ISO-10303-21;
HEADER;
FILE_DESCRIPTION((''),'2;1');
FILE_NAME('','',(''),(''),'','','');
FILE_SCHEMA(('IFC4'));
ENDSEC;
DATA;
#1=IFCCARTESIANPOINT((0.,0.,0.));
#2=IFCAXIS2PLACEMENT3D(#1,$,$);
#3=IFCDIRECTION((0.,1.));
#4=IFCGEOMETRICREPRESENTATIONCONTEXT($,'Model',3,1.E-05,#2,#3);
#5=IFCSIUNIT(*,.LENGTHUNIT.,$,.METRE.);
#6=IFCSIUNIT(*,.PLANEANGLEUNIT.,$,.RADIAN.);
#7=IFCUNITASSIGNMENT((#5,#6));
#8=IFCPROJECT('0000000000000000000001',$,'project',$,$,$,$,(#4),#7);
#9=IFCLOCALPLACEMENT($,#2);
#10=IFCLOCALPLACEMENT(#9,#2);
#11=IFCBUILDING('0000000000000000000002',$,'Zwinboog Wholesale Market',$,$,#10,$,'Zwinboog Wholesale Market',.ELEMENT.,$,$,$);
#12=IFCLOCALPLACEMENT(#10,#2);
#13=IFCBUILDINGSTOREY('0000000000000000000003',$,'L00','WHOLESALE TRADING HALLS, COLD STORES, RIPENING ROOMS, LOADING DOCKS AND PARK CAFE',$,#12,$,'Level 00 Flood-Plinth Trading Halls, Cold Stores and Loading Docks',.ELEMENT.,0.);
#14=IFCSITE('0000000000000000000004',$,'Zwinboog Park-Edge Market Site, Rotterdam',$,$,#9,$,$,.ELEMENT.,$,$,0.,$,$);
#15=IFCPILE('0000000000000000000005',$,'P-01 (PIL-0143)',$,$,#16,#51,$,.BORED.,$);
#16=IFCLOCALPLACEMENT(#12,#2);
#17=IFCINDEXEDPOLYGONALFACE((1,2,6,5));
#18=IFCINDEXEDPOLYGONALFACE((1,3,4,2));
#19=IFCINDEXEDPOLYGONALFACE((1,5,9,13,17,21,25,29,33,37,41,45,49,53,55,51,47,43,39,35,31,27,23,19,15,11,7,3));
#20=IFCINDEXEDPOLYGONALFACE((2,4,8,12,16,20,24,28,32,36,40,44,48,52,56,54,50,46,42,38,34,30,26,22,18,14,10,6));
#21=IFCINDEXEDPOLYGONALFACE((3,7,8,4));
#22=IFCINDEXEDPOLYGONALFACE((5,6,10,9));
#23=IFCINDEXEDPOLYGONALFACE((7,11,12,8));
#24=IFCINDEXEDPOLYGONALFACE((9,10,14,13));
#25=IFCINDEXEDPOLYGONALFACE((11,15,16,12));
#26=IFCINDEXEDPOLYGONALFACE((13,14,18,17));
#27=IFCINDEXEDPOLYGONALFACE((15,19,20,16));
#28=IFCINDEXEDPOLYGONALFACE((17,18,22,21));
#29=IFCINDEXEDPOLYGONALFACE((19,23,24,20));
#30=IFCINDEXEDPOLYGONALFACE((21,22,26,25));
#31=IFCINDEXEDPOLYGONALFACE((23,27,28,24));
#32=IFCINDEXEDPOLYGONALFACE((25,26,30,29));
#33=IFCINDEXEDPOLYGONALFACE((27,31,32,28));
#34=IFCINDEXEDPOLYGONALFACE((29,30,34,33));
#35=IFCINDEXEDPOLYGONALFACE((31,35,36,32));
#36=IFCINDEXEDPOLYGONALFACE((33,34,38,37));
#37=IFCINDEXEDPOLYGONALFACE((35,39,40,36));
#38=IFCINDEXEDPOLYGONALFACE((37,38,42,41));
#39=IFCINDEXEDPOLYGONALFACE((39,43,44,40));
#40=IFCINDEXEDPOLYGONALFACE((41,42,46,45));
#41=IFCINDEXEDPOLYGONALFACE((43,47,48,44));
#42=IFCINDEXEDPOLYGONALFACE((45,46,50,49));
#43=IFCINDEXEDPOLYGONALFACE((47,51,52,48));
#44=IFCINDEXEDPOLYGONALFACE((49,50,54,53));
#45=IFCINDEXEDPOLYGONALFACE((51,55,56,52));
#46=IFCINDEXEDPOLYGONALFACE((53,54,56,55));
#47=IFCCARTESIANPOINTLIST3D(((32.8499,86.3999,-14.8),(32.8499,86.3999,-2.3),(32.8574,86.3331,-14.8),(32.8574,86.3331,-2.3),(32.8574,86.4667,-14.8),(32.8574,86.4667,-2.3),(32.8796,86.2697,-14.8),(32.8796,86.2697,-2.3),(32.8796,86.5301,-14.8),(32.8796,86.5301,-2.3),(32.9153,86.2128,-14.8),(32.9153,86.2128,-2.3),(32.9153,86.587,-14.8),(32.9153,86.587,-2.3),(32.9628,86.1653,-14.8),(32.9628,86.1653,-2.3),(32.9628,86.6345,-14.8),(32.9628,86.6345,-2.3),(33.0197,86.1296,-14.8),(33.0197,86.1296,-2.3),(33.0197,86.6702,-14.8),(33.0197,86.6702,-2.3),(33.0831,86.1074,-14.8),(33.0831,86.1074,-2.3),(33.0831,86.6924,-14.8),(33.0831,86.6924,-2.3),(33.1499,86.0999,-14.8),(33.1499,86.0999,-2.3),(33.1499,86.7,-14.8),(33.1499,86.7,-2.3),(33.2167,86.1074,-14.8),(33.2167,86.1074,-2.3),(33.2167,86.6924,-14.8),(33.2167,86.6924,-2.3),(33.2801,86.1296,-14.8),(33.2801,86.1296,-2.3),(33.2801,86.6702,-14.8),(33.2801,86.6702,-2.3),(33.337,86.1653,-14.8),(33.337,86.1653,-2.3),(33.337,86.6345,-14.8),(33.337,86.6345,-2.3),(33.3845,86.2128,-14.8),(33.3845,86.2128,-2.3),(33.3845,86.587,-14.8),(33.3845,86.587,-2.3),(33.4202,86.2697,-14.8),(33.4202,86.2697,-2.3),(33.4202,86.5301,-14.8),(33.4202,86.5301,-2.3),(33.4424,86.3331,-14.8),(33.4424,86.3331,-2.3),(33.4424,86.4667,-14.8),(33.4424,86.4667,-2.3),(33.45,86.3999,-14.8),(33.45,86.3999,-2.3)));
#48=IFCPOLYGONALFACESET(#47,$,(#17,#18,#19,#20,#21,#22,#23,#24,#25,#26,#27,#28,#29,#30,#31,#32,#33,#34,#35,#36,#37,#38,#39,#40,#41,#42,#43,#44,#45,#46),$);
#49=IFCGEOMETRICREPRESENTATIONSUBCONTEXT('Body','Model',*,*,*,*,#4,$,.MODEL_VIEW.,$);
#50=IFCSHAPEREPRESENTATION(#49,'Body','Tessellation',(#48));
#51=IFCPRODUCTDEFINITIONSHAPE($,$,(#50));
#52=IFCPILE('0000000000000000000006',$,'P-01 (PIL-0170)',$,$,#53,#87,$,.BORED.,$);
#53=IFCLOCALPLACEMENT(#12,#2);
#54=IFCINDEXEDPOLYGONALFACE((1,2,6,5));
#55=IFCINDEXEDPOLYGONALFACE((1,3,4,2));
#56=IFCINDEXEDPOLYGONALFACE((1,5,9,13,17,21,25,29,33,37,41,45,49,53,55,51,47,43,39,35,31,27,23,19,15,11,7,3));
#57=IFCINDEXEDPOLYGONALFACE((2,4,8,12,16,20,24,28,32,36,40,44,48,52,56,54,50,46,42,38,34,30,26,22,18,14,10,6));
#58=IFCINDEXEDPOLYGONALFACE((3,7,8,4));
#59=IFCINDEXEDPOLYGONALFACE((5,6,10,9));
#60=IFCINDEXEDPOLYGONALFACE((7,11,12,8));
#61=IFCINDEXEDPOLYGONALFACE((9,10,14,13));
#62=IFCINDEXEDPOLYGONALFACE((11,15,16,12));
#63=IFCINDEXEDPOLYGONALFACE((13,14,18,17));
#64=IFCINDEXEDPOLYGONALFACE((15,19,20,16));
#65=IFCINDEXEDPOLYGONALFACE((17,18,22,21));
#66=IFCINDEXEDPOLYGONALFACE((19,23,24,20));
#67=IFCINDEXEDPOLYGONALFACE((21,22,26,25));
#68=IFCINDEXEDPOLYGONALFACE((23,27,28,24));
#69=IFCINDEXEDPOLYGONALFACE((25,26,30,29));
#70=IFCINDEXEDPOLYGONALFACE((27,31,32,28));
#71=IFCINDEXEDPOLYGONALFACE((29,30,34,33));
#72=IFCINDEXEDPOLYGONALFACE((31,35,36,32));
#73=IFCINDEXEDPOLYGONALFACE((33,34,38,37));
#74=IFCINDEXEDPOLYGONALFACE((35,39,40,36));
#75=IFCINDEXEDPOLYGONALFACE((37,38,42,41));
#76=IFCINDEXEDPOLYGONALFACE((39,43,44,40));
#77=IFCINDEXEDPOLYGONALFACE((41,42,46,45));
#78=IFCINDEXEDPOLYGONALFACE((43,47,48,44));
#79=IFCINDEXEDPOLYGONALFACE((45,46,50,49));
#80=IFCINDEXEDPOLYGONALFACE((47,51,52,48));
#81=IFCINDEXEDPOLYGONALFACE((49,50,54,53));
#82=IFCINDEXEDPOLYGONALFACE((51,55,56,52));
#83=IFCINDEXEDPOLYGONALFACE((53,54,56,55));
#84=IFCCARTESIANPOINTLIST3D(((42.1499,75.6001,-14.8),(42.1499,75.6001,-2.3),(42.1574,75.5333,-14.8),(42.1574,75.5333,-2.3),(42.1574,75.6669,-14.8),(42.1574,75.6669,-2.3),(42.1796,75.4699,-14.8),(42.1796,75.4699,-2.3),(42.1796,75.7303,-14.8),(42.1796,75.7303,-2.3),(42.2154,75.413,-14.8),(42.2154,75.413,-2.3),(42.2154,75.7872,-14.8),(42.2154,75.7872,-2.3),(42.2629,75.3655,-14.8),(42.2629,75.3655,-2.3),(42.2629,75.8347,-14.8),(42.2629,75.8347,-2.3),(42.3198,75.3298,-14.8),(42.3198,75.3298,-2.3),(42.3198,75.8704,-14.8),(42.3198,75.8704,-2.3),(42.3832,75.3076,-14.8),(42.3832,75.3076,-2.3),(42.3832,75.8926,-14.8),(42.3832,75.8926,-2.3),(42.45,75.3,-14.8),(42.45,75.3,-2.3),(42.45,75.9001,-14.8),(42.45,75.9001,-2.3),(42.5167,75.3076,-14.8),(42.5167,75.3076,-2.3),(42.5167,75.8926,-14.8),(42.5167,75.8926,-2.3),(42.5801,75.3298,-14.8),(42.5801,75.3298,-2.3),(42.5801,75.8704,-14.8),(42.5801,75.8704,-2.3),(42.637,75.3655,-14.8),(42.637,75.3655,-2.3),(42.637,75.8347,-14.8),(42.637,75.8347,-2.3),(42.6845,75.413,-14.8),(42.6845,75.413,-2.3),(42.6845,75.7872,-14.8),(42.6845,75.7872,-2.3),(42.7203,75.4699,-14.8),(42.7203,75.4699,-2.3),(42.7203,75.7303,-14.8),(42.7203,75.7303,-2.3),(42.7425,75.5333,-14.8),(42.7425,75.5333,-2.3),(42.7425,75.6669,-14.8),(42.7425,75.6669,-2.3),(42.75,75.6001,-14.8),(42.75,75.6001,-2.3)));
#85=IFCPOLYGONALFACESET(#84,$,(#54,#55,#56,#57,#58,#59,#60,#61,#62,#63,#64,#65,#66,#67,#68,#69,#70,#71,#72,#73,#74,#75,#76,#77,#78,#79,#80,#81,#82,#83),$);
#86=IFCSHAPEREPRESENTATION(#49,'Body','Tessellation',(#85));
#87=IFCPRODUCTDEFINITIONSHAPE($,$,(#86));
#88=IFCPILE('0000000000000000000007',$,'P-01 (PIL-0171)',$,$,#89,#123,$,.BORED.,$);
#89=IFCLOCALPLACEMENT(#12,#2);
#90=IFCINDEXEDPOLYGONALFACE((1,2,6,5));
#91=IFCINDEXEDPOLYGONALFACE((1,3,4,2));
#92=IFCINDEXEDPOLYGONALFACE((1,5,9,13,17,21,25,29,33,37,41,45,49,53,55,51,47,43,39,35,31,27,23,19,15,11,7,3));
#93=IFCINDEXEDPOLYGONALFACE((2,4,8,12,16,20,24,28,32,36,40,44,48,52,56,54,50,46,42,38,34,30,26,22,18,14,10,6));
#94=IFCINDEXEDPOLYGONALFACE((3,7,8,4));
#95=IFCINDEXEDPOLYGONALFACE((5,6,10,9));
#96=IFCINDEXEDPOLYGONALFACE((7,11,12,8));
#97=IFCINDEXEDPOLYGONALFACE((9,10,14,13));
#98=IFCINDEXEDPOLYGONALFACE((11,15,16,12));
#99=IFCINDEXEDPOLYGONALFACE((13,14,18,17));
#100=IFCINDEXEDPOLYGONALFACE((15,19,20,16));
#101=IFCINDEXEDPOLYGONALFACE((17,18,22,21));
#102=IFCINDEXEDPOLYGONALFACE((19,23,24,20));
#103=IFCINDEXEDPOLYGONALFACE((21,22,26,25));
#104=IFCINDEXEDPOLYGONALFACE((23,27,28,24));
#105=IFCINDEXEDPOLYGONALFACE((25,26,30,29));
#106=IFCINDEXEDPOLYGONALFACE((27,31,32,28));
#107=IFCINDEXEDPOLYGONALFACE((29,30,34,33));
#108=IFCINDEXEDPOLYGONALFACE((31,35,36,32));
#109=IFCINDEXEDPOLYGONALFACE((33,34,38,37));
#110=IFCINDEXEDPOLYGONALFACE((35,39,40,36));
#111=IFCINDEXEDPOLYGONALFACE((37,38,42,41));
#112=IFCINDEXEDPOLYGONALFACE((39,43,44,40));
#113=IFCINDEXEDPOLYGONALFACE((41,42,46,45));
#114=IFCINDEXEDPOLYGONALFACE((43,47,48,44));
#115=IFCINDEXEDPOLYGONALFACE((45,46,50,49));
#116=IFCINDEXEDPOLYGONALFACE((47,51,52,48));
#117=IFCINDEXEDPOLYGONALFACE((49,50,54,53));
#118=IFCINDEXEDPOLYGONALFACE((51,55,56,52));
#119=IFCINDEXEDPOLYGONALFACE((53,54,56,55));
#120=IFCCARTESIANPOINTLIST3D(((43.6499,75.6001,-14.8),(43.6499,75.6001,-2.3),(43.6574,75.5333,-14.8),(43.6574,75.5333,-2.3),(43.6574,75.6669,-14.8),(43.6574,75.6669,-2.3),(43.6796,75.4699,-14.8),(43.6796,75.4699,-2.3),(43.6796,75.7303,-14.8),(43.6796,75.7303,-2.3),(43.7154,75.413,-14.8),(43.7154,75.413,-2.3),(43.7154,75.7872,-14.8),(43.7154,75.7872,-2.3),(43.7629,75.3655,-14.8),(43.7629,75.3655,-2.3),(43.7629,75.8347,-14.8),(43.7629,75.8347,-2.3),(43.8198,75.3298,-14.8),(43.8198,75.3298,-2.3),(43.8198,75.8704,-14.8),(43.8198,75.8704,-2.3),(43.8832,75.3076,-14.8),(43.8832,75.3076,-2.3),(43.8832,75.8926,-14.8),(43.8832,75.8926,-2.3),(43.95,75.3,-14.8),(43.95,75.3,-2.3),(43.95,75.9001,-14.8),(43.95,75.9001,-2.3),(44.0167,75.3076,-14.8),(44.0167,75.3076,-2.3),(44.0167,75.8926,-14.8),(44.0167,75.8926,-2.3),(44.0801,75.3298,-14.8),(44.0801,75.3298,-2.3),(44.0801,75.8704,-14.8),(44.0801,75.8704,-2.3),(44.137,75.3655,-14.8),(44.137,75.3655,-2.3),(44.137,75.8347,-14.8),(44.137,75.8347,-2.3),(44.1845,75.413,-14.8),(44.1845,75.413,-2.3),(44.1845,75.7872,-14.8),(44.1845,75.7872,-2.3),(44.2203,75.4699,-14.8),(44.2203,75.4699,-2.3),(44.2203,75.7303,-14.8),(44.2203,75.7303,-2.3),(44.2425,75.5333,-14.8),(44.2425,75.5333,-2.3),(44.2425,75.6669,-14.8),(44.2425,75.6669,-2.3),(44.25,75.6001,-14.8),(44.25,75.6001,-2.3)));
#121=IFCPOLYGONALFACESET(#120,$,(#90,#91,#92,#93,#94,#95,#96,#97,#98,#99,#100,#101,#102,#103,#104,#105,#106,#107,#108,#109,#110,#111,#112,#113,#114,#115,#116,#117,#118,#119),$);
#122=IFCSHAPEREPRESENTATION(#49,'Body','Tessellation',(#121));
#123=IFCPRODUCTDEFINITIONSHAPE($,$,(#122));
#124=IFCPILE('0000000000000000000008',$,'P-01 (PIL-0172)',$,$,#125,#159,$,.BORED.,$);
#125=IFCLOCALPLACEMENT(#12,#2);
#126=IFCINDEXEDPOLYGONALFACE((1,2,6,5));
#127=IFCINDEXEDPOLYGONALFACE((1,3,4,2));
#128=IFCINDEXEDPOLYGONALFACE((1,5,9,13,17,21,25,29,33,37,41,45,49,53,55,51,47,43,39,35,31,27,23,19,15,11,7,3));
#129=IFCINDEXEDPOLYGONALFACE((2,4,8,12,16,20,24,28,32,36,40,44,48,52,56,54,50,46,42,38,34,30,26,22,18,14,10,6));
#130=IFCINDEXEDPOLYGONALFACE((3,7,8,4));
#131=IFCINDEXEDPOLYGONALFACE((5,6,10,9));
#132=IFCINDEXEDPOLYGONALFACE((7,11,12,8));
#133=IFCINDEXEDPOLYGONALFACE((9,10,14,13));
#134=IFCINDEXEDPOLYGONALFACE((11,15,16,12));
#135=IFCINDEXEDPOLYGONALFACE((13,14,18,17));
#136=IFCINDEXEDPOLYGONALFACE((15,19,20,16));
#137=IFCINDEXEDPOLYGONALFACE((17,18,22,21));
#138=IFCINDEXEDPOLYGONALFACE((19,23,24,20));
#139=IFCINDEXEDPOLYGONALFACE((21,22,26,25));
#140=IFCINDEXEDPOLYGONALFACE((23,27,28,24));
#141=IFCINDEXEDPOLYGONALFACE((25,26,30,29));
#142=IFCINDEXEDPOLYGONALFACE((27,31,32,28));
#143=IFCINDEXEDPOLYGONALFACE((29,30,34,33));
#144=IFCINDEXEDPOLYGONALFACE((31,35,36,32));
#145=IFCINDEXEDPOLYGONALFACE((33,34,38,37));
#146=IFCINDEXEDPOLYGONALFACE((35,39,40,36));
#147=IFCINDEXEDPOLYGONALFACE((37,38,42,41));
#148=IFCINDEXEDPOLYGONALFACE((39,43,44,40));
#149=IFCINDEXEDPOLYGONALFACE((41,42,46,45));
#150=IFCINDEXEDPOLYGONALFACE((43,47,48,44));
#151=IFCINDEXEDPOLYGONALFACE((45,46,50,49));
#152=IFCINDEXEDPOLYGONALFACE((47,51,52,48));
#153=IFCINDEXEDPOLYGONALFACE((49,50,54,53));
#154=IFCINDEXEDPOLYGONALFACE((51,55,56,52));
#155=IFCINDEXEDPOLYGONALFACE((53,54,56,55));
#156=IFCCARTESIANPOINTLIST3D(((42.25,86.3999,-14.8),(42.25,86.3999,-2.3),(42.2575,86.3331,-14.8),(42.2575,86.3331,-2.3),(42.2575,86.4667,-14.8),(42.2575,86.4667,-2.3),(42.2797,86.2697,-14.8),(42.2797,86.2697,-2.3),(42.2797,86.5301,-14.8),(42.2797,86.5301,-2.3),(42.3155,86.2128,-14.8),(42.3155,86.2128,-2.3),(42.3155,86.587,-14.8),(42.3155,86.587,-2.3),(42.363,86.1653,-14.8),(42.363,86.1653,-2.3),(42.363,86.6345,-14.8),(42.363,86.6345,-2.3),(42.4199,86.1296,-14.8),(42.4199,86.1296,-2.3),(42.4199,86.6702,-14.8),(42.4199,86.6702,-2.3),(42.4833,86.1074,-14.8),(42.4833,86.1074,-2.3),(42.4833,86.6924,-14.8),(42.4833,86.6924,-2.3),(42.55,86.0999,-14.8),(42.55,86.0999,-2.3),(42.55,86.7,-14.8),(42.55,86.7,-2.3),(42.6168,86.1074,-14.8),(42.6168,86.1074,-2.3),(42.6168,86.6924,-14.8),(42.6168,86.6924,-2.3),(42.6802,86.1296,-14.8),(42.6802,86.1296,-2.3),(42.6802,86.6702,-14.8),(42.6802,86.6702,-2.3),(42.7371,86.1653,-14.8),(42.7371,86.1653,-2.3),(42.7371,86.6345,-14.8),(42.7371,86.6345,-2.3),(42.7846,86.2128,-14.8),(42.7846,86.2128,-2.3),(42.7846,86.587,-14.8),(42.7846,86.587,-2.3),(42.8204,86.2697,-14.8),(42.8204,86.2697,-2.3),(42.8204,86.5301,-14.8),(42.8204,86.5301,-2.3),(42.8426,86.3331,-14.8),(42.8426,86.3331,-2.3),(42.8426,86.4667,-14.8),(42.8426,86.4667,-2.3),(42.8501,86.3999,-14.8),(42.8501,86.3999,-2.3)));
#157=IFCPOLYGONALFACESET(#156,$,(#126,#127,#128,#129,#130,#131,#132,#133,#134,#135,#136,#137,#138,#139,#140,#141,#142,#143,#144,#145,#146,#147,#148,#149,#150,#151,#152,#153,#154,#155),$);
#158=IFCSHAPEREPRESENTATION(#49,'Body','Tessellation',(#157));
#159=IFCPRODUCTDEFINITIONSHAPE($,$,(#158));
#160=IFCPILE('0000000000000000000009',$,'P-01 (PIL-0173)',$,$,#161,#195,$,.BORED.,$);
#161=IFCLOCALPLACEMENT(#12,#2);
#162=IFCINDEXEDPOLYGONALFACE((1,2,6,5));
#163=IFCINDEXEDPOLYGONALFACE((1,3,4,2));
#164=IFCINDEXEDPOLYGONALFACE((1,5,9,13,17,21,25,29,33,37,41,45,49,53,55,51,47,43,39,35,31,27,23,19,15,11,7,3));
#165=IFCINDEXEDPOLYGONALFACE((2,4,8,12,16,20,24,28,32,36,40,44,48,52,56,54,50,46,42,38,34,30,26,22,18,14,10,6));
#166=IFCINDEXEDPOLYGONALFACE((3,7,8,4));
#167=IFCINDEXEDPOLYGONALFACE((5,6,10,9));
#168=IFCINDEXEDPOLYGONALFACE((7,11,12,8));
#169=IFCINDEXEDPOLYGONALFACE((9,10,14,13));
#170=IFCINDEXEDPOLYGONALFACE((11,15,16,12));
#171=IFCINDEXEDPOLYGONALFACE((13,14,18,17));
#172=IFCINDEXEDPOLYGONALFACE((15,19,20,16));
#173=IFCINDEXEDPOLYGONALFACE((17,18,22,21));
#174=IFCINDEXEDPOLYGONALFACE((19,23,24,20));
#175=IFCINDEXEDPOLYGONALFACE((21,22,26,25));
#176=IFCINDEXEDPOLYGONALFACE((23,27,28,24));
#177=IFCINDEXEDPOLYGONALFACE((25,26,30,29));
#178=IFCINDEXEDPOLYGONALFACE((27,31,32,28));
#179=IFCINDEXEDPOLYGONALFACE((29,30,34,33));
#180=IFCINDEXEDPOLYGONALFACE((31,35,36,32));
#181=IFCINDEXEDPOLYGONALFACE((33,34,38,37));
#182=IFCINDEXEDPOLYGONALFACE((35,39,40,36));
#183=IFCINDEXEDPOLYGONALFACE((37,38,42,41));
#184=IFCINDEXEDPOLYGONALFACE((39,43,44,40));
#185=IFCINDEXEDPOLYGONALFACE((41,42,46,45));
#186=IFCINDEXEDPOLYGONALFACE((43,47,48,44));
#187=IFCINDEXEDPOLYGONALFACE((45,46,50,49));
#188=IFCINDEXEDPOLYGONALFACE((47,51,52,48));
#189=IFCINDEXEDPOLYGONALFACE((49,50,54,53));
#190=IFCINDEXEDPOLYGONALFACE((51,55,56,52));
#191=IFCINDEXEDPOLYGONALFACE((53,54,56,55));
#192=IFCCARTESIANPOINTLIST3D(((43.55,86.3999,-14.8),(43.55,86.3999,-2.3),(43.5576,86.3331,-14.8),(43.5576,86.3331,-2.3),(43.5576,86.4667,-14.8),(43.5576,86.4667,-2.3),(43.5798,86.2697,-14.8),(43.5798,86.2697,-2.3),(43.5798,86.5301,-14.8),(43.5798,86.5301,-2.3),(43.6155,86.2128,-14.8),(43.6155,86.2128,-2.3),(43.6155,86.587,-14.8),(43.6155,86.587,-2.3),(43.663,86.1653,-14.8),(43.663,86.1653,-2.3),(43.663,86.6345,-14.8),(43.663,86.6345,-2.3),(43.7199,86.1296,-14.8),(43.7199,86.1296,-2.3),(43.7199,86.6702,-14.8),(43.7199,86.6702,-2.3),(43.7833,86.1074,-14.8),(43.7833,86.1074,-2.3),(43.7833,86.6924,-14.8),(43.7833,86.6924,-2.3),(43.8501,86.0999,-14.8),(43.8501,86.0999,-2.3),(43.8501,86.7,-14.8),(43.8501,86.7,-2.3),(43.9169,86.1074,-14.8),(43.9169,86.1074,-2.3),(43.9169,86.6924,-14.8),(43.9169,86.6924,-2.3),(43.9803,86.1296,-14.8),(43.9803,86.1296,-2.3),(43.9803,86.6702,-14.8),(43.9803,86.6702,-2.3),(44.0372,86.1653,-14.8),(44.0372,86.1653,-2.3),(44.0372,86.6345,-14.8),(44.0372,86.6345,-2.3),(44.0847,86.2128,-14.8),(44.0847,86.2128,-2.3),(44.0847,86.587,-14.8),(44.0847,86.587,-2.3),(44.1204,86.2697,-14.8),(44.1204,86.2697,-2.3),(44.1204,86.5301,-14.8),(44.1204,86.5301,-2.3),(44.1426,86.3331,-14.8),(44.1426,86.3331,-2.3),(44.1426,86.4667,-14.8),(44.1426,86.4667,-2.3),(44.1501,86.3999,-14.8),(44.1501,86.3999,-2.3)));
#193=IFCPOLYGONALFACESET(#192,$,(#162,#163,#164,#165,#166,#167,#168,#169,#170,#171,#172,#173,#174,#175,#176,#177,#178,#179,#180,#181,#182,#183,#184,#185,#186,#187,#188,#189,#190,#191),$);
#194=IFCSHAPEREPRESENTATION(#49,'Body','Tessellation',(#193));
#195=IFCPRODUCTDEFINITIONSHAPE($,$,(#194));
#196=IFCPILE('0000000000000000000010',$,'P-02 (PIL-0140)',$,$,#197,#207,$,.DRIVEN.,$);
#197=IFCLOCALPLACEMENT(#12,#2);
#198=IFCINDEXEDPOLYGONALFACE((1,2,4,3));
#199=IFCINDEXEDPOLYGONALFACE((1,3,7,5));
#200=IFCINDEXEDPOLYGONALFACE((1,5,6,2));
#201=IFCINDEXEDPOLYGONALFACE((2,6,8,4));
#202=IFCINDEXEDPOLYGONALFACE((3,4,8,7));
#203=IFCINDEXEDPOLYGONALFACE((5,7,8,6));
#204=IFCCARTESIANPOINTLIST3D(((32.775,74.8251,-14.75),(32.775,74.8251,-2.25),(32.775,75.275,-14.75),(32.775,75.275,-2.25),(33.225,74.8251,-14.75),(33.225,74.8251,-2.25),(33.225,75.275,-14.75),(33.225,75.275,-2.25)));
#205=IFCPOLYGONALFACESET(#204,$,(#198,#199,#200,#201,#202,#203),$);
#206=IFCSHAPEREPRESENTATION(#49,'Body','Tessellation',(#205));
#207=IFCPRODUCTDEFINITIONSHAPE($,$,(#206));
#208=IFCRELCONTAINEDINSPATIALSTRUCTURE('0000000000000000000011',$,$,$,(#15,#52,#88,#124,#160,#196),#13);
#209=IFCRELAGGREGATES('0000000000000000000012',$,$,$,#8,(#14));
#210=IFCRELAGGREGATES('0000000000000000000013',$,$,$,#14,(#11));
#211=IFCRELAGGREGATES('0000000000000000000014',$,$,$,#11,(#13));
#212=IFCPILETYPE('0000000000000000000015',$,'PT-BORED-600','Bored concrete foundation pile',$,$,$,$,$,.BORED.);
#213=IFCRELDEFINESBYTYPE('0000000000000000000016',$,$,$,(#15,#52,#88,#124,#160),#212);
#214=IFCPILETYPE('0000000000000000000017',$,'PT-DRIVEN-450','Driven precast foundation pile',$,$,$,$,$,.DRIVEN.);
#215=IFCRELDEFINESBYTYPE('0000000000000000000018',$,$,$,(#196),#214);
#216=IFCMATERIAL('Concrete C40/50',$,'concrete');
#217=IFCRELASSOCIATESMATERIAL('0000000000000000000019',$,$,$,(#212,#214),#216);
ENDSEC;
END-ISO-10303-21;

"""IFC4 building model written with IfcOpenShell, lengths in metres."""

from ifc_helpers import new_model, si_unit, direction, frame, origin, origin_2d, place, context, subcontext, project, spatial, rectangle, circle, extrude, material, material_profile, profile_set, type_object, element, save


model = new_model("IFC4")

# Units and contexts
model_context = context("Model", 3, precision=1e-05, world=origin(), true_north=direction((0.0, 1.0)))
body_context = subcontext(model_context, "Body", "Model", "MODEL_VIEW")
ifc_project = project(units=[si_unit("LENGTHUNIT", "METRE"), si_unit("PLANEANGLEUNIT", "RADIAN")], contexts=[model_context])

# Site, building, storey
site_placement = place(None, origin())
site = spatial("IfcSite", under=ifc_project, at=site_placement, Name="Zwinboog Park-Edge Market Site, Rotterdam", CompositionType="ELEMENT", RefElevation=0.0)
building_placement = place(site_placement, origin())
building = spatial("IfcBuilding", under=site, at=building_placement, Name="Zwinboog Wholesale Market", LongName="Zwinboog Wholesale Market", CompositionType="ELEMENT")
storey_placement = place(building_placement, origin())
storey = spatial("IfcBuildingStorey", under=building, at=storey_placement, Name="L00", Description="WHOLESALE TRADING HALLS, COLD STORES, RIPENING ROOMS, LOADING DOCKS AND PARK CAFE", LongName="Level 00 Flood-Plinth Trading Halls, Cold Stores and Loading Docks", CompositionType="ELEMENT", Elevation=0.0)

# Piles
ifc_material_1 = material(Name="Concrete C40/50", Category="concrete")
ifc_material_profile_1 = material_profile(ifc_material_1, circle(Radius=0.3, at=origin_2d()), Name="PILE D600")
ifc_profile_set_1 = profile_set([ifc_material_profile_1], Name="Concrete C40/50")
pile_type_1 = type_object("IfcPileType", Name="PT-BORED-600", Description="Bored concrete foundation pile", PredefinedType="BORED", material=ifc_profile_set_1)
for number, where, z_axis, x_axis, name in (
    (1, (33.1499, 86.3999, -2.3), (0.0, 0.0, -1.0), (1.0, 0.0, 0.0), "P-01 (PIL-0143)"),
    (2, (42.45, 75.6001, -2.3), (0.0, 0.0, -1.0), (1.0, 0.0, 0.0), "P-01 (PIL-0170)"),
    (3, (43.95, 75.6001, -2.3), (0.0, 0.0, -1.0), (1.0, 0.0, 0.0), "P-01 (PIL-0171)"),
    (4, (42.55, 86.3999, -2.3), (0.0, 0.0, -1.0), (1.0, 0.0, 0.0), "P-01 (PIL-0172)"),
    (5, (43.8501, 86.3999, -2.3), (0.0, 0.0, -1.0), (1.0, 0.0, 0.0), "P-01 (PIL-0173)"),
):
    element("IfcPile", number, at=place(storey_placement, frame(where, z_axis=z_axis, x_axis=x_axis)), inside=storey, type_object=pile_type_1, Name=name, PredefinedType="BORED", context=body_context, shape_type="SweptSolid", body=[
        extrude(circle(Radius=0.3, at=origin_2d()), origin(), (0.0, 0.0, 1.0), 12.5),
    ])
ifc_material_profile_2 = material_profile(ifc_material_1, rectangle(XDim=0.45, YDim=0.45, at=origin_2d()), Name="PILE SQ450")
ifc_profile_set_2 = profile_set([ifc_material_profile_2], Name="Concrete C40/50")
pile_type_2 = type_object("IfcPileType", Name="PT-DRIVEN-450", Description="Driven precast foundation pile", PredefinedType="DRIVEN", material=ifc_profile_set_2)
for number, where, z_axis, x_axis, name in (
    (6, (33.0, 75.05, -2.25), (0.0, 0.0, -1.0), (1.0, 0.0, 0.0), "P-02 (PIL-0140)"),
):
    element("IfcPile", number, at=place(storey_placement, frame(where, z_axis=z_axis, x_axis=x_axis)), inside=storey, type_object=pile_type_2, Name=name, PredefinedType="DRIVEN", context=body_context, shape_type="SweptSolid", body=[
        extrude(rectangle(XDim=0.45, YDim=0.45, at=origin_2d()), origin(), (0.0, 0.0, 1.0), 12.5),
    ])

save(model, "model.ifc")
